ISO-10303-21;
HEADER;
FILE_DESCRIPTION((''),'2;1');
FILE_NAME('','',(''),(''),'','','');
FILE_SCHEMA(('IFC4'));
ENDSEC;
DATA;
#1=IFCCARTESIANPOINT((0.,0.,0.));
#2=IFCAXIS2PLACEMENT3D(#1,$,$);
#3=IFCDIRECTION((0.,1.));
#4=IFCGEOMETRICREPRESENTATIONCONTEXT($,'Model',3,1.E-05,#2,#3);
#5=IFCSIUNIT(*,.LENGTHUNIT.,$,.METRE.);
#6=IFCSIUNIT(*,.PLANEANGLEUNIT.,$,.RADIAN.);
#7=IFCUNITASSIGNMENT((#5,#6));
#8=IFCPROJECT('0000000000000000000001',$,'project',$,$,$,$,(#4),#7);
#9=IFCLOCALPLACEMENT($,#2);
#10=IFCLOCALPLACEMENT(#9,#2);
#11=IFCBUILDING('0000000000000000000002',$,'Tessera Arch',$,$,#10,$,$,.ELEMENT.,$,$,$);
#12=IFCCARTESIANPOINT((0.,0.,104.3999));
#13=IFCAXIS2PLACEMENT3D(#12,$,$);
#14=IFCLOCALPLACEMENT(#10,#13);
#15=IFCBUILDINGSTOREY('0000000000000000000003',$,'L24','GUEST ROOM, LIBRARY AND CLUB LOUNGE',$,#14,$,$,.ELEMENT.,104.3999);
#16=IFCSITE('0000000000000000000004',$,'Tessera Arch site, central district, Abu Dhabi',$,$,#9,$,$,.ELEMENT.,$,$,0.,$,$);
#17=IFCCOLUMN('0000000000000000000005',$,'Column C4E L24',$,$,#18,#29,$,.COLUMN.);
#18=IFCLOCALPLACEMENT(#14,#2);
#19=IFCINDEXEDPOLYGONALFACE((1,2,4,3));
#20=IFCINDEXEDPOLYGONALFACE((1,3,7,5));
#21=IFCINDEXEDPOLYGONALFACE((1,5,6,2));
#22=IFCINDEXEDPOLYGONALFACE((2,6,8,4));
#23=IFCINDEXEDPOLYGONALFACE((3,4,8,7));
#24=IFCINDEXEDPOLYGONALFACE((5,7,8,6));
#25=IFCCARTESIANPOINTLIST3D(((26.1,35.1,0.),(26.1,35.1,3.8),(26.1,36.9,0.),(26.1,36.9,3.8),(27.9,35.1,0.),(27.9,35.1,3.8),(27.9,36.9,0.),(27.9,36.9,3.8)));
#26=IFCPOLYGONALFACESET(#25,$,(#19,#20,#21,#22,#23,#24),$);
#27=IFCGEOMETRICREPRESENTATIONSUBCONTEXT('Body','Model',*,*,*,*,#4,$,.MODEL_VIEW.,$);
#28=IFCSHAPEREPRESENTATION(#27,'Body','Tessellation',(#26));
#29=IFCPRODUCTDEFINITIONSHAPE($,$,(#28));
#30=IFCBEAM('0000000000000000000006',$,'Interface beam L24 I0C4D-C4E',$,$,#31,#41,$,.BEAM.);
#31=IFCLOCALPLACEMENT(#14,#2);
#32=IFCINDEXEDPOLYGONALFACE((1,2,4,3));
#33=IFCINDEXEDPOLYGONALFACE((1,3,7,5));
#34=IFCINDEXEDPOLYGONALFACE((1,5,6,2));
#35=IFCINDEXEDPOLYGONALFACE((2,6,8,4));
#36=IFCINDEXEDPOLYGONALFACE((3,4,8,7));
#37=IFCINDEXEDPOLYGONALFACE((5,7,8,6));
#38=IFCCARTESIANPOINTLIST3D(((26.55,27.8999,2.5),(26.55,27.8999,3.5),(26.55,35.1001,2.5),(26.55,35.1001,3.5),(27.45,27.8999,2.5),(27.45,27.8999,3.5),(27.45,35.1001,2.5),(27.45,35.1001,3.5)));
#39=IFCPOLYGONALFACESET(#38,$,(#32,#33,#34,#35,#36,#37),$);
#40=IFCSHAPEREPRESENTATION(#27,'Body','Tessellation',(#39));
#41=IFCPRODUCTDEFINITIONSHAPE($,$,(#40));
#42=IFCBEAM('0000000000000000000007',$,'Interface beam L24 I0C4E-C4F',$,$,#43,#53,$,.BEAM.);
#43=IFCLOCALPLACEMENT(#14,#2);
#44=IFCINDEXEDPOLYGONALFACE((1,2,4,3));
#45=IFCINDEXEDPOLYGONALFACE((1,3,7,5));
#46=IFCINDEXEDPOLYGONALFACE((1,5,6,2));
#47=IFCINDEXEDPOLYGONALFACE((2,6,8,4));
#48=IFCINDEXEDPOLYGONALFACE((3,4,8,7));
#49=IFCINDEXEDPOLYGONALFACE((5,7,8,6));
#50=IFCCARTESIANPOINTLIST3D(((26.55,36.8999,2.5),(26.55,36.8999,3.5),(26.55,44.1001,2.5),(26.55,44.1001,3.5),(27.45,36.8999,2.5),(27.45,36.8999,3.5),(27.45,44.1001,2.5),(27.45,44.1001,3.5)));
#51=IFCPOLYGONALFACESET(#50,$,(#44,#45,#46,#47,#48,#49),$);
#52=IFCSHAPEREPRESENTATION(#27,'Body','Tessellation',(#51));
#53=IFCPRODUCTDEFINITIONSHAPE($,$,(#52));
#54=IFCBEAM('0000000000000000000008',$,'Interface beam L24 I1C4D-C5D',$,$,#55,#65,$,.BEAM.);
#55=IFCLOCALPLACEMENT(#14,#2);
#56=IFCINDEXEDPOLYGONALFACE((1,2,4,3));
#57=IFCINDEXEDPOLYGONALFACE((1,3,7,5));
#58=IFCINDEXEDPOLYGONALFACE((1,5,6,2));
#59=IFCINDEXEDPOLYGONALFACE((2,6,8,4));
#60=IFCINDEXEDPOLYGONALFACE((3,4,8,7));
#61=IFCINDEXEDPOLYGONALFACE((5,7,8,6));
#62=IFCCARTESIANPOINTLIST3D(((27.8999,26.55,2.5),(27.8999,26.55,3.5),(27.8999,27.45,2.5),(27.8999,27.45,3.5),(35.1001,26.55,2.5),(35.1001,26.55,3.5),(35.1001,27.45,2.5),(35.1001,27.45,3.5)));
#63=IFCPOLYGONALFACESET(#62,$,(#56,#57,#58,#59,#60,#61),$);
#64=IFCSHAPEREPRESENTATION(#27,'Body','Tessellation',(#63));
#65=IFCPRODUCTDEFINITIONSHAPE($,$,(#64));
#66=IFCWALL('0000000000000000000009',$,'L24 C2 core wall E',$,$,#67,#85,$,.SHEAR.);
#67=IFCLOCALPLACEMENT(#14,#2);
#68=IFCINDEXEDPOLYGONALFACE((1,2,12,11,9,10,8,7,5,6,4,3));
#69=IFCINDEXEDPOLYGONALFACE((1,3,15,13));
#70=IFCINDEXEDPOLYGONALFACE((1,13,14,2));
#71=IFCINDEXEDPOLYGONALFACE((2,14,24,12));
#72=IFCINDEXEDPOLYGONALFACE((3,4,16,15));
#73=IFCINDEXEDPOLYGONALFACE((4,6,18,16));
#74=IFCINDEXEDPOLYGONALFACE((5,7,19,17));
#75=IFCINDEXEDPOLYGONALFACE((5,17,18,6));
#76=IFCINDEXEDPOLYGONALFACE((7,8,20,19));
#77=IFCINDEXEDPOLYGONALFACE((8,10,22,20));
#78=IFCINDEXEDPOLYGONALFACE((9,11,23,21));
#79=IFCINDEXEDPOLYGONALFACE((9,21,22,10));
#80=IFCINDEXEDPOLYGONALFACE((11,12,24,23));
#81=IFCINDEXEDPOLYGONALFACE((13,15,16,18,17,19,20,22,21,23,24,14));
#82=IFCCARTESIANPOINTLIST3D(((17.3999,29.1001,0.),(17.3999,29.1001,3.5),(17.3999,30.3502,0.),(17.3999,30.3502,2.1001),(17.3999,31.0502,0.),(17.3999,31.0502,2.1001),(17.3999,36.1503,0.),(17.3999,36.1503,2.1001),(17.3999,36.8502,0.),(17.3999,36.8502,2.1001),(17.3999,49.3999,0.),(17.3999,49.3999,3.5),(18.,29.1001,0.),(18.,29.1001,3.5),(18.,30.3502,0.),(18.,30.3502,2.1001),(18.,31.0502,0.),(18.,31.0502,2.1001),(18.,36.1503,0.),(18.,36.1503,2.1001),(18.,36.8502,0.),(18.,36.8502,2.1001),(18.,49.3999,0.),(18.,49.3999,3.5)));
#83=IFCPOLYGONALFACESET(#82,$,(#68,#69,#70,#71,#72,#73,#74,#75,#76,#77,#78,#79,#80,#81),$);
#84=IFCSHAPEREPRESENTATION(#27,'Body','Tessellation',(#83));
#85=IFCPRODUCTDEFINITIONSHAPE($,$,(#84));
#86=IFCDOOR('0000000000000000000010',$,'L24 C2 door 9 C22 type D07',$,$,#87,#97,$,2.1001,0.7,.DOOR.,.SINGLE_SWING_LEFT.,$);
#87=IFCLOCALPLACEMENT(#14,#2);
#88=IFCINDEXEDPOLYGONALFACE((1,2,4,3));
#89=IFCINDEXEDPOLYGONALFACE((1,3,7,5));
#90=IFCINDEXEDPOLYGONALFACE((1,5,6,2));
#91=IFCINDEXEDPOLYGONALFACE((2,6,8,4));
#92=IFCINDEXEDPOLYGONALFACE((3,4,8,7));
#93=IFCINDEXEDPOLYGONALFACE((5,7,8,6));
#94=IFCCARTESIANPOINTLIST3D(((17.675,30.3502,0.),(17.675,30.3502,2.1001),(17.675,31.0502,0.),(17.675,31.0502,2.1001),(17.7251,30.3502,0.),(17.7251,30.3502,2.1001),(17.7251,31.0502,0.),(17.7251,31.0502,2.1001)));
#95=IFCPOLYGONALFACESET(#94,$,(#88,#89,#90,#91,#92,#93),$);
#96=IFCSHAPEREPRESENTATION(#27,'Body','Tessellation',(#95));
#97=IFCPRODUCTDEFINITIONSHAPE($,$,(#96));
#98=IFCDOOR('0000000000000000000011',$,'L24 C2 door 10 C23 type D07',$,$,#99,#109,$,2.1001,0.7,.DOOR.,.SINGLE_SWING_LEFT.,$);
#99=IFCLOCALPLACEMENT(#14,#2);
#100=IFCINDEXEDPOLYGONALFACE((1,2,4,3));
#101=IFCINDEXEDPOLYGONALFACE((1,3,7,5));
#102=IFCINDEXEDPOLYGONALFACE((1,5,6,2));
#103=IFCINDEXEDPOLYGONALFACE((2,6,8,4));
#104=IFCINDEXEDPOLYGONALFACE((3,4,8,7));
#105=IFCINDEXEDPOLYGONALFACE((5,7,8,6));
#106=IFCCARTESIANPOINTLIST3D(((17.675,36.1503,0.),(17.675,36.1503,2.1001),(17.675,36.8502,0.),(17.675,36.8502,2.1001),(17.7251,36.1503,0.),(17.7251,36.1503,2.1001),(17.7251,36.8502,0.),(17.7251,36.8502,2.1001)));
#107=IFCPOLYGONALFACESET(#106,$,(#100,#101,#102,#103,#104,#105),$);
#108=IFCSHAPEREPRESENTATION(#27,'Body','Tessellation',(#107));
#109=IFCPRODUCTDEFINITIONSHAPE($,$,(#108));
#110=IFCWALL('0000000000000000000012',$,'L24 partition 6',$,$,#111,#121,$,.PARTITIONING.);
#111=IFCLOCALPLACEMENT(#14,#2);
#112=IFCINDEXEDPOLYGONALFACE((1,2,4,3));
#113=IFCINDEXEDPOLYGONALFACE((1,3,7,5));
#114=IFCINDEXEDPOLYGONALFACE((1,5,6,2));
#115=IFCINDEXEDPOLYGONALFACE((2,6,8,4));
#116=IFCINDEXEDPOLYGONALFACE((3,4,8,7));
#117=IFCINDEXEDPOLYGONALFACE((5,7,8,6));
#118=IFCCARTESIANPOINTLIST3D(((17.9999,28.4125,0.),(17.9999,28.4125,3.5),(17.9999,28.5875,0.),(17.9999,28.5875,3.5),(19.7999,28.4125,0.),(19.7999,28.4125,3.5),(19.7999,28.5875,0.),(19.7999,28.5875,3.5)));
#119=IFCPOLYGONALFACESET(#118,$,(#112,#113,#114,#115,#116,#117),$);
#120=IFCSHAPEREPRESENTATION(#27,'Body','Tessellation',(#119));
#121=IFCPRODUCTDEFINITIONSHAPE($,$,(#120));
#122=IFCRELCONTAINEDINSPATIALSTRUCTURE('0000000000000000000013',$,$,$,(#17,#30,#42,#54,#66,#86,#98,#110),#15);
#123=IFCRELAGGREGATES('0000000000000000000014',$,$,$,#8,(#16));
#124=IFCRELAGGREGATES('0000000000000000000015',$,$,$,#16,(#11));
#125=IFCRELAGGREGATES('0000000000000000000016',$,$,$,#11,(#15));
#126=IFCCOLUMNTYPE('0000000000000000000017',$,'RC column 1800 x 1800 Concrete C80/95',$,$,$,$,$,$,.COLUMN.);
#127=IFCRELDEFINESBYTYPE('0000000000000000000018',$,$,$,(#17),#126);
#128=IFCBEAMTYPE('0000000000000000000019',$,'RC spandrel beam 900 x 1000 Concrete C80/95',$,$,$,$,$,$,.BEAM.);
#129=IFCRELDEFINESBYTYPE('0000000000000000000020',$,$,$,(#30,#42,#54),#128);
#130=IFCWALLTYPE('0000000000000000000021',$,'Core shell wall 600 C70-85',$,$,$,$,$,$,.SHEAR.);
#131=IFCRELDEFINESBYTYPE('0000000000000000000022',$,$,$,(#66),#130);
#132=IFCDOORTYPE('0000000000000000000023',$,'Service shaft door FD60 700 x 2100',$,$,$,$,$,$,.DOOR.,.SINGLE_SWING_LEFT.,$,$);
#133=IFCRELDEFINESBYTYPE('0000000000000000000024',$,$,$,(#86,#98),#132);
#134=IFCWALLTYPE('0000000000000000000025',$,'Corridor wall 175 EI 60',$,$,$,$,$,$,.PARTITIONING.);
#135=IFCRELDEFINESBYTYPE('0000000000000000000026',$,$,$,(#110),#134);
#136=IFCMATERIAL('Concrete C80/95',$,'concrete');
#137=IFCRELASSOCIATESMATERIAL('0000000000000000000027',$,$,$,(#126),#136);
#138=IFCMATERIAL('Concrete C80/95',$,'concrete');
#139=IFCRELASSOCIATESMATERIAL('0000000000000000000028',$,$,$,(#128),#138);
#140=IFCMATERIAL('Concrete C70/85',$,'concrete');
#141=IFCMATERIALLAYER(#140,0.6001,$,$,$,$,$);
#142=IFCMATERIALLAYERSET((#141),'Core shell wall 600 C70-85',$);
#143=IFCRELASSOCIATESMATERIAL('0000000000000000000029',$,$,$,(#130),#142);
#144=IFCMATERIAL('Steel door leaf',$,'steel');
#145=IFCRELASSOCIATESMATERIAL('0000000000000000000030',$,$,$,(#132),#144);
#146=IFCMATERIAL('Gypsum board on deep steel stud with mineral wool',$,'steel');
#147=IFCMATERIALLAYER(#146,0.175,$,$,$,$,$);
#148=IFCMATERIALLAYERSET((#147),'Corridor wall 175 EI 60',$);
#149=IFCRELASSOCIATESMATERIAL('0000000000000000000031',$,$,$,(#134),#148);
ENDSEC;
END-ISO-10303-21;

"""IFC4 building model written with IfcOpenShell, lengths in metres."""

from ifc_helpers import new_model, si_unit, direction, frame, frame_2d, origin, origin_2d, place, context, subcontext, project, spatial, rectangle, extrude, material, layer, layer_set, material_profile, profile_set, type_object, element, fill, save


model = new_model("IFC4")

# Units and contexts
model_context = context("Model", 3, precision=1e-05, world=origin(), true_north=direction((0.0, 1.0)))
body_context = subcontext(model_context, "Body", "Model", "MODEL_VIEW")
ifc_project = project(units=[si_unit("LENGTHUNIT", "METRE"), si_unit("PLANEANGLEUNIT", "RADIAN")], contexts=[model_context])

# Site, building, storey
site_placement = place(None, origin())
site = spatial("IfcSite", under=ifc_project, at=site_placement, Name="Tessera Arch site, central district, Abu Dhabi", CompositionType="ELEMENT", RefElevation=0.0)
building_placement = place(site_placement, origin())
building = spatial("IfcBuilding", under=site, at=building_placement, Name="Tessera Arch", CompositionType="ELEMENT")
storey_placement = place(building_placement, frame((0.0, 0.0, 104.3999)))
storey = spatial("IfcBuildingStorey", under=building, at=storey_placement, Name="L24", Description="GUEST ROOM, LIBRARY AND CLUB LOUNGE", CompositionType="ELEMENT", Elevation=104.3999)

# Column
ifc_material_1 = material(Name="Concrete C80/95", Category="concrete")
ifc_material_profile_1 = material_profile(ifc_material_1, rectangle(XDim=1.8, YDim=1.8, at=origin_2d()), Name="RC column 1800 x 1800 Concrete C80/95")
ifc_profile_set_1 = profile_set([ifc_material_profile_1], Name="Concrete C80/95")
column_type = type_object("IfcColumnType", Name="RC column 1800 x 1800 Concrete C80/95", PredefinedType="COLUMN", material=ifc_profile_set_1)
column_placement = place(storey_placement, frame((27.0, 36.0, 0.0), z_axis=(0.0, 0.0, 1.0), x_axis=(1.0, 0.0, 0.0)))
element("IfcColumn", 1, at=column_placement, inside=storey, type_object=column_type, Name="Column C4E L24", PredefinedType="COLUMN", context=body_context, shape_type="SweptSolid", body=[
    extrude(rectangle(XDim=1.8, YDim=1.8, at=origin_2d()), origin(), (0.0, 0.0, 1.0), 3.8),
])

# Beams
ifc_material_2 = material(Name="Concrete C80/95", Category="concrete")
ifc_material_profile_2 = material_profile(ifc_material_2, rectangle(XDim=0.8999, YDim=1.0, at=origin_2d()), Name="RC spandrel beam 900 x 1000 Concrete C80/95")
ifc_profile_set_2 = profile_set([ifc_material_profile_2], Name="Concrete C80/95")
beam_type = type_object("IfcBeamType", Name="RC spandrel beam 900 x 1000 Concrete C80/95", PredefinedType="BEAM", material=ifc_profile_set_2)
for number, where, z_axis, x_axis, name in (
    (2, (27.0, 27.8999, 3.0), (0.0, 1.0, 0.0), (-1.0, 0.0, 0.0), "Interface beam L24 I0C4D-C4E"),
    (3, (27.0, 36.8999, 3.0), (0.0, 1.0, 0.0), (-1.0, 0.0, 0.0), "Interface beam L24 I0C4E-C4F"),
    (4, (27.8999, 27.0, 3.0), (1.0, 0.0, 0.0), (0.0, 1.0, 0.0), "Interface beam L24 I1C4D-C5D"),
):
    element("IfcBeam", number, at=place(storey_placement, frame(where, z_axis=z_axis, x_axis=x_axis)), inside=storey, type_object=beam_type, Name=name, PredefinedType="BEAM", context=body_context, shape_type="SweptSolid", body=[
        extrude(rectangle(XDim=0.8999, YDim=1.0, at=origin_2d()), origin(), (0.0, 0.0, 1.0), 7.2002),
    ])

# Wall, openings, doors
ifc_material_3 = material(Name="Concrete C70/85", Category="concrete")
ifc_layer_1 = layer(ifc_material_3, 0.6001)
ifc_layer_set_1 = layer_set([ifc_layer_1], Name="Core shell wall 600 C70-85")
wall_type_1 = type_object("IfcWallType", Name="Core shell wall 600 C70-85", PredefinedType="SHEAR", material=ifc_layer_set_1)
wall_1_placement = place(storey_placement, frame((17.7, 29.1001, 0.0), z_axis=(0.0, 0.0, 1.0), x_axis=(0.0, 1.0, 0.0)))
wall_1 = element("IfcWall", 5, at=wall_1_placement, inside=storey, type_object=wall_type_1, Name="L24 C2 core wall E", PredefinedType="SHEAR", context=body_context, shape_type="SweptSolid", body=[
    extrude(rectangle(XDim=20.2998, YDim=0.6001, at=frame_2d((10.1499, 0.0))), origin(), (0.0, 0.0, 1.0), 3.5),
])
opening_1_placement = place(wall_1_placement, frame((1.25, 0.0, 0.0)))
opening_1 = element("IfcOpeningElement", 6, at=opening_1_placement, cuts=wall_1, PredefinedType="OPENING", context=body_context, shape_type="SweptSolid", body=[
    extrude(rectangle(XDim=0.7, YDim=2.1001, at=frame_2d((0.3501, 1.05))), frame((0.0, 0.3101, 0.0), z_axis=(0.0, -1.0, 0.0), x_axis=(1.0, 0.0, 0.0)), (0.0, 0.0, 1.0), 0.6201),
])
opening_2_placement = place(wall_1_placement, frame((7.05, 0.0, 0.0)))
opening_2 = element("IfcOpeningElement", 7, at=opening_2_placement, cuts=wall_1, PredefinedType="OPENING", context=body_context, shape_type="SweptSolid", body=[
    extrude(rectangle(XDim=0.7, YDim=2.1001, at=frame_2d((0.3501, 1.05))), frame((0.0, 0.3101, 0.0), z_axis=(0.0, -1.0, 0.0), x_axis=(1.0, 0.0, 0.0)), (0.0, 0.0, 1.0), 0.6201),
])
ifc_material_4 = material(Name="Steel door leaf", Category="steel")
door_type_1 = type_object("IfcDoorType", Name="Service shaft door FD60 700 x 2100", OperationType="SINGLE_SWING_LEFT", PredefinedType="DOOR", material=ifc_material_4)
door_1_placement = place(opening_1_placement, origin())
door_1 = element("IfcDoor", 8, at=door_1_placement, inside=storey, type_object=door_type_1, Name="L24 C2 door 9 C22 type D07", OperationType="SINGLE_SWING_LEFT", OverallHeight=2.1001, OverallWidth=0.7, PredefinedType="DOOR", context=body_context, shape_type="SweptSolid", body=[
    extrude(rectangle(XDim=0.7, YDim=2.1001, at=frame_2d((0.3501, 1.05))), frame((0.0, 0.0249, 0.0), z_axis=(0.0, -1.0, 0.0), x_axis=(1.0, 0.0, 0.0)), (0.0, 0.0, 1.0), 0.05),
])
fill(opening_1, door_1)
door_2_placement = place(opening_2_placement, origin())
door_2 = element("IfcDoor", 9, at=door_2_placement, inside=storey, type_object=door_type_1, Name="L24 C2 door 10 C23 type D07", OperationType="SINGLE_SWING_LEFT", OverallHeight=2.1001, OverallWidth=0.7, PredefinedType="DOOR", context=body_context, shape_type="SweptSolid", body=[
    extrude(rectangle(XDim=0.7, YDim=2.1001, at=frame_2d((0.3501, 1.05))), frame((0.0, 0.0249, 0.0), z_axis=(0.0, -1.0, 0.0), x_axis=(1.0, 0.0, 0.0)), (0.0, 0.0, 1.0), 0.05),
])
fill(opening_2, door_2)

# Wall
ifc_material_5 = material(Name="Gypsum board on deep steel stud with mineral wool", Category="steel")
ifc_layer_2 = layer(ifc_material_5, 0.175)
ifc_layer_set_2 = layer_set([ifc_layer_2], Name="Corridor wall 175 EI 60")
wall_type_2 = type_object("IfcWallType", Name="Corridor wall 175 EI 60", PredefinedType="PARTITIONING", material=ifc_layer_set_2)
wall_2_placement = place(storey_placement, frame((18.0, 28.5, 0.0), z_axis=(0.0, 0.0, 1.0), x_axis=(1.0, 0.0, 0.0)))
element("IfcWall", 10, at=wall_2_placement, inside=storey, type_object=wall_type_2, Name="L24 partition 6", PredefinedType="PARTITIONING", context=body_context, shape_type="SweptSolid", body=[
    extrude(rectangle(XDim=1.8, YDim=0.175, at=frame_2d((0.8999, 0.0))), origin(), (0.0, 0.0, 1.0), 3.5),
])

save(model, "model.ifc")
